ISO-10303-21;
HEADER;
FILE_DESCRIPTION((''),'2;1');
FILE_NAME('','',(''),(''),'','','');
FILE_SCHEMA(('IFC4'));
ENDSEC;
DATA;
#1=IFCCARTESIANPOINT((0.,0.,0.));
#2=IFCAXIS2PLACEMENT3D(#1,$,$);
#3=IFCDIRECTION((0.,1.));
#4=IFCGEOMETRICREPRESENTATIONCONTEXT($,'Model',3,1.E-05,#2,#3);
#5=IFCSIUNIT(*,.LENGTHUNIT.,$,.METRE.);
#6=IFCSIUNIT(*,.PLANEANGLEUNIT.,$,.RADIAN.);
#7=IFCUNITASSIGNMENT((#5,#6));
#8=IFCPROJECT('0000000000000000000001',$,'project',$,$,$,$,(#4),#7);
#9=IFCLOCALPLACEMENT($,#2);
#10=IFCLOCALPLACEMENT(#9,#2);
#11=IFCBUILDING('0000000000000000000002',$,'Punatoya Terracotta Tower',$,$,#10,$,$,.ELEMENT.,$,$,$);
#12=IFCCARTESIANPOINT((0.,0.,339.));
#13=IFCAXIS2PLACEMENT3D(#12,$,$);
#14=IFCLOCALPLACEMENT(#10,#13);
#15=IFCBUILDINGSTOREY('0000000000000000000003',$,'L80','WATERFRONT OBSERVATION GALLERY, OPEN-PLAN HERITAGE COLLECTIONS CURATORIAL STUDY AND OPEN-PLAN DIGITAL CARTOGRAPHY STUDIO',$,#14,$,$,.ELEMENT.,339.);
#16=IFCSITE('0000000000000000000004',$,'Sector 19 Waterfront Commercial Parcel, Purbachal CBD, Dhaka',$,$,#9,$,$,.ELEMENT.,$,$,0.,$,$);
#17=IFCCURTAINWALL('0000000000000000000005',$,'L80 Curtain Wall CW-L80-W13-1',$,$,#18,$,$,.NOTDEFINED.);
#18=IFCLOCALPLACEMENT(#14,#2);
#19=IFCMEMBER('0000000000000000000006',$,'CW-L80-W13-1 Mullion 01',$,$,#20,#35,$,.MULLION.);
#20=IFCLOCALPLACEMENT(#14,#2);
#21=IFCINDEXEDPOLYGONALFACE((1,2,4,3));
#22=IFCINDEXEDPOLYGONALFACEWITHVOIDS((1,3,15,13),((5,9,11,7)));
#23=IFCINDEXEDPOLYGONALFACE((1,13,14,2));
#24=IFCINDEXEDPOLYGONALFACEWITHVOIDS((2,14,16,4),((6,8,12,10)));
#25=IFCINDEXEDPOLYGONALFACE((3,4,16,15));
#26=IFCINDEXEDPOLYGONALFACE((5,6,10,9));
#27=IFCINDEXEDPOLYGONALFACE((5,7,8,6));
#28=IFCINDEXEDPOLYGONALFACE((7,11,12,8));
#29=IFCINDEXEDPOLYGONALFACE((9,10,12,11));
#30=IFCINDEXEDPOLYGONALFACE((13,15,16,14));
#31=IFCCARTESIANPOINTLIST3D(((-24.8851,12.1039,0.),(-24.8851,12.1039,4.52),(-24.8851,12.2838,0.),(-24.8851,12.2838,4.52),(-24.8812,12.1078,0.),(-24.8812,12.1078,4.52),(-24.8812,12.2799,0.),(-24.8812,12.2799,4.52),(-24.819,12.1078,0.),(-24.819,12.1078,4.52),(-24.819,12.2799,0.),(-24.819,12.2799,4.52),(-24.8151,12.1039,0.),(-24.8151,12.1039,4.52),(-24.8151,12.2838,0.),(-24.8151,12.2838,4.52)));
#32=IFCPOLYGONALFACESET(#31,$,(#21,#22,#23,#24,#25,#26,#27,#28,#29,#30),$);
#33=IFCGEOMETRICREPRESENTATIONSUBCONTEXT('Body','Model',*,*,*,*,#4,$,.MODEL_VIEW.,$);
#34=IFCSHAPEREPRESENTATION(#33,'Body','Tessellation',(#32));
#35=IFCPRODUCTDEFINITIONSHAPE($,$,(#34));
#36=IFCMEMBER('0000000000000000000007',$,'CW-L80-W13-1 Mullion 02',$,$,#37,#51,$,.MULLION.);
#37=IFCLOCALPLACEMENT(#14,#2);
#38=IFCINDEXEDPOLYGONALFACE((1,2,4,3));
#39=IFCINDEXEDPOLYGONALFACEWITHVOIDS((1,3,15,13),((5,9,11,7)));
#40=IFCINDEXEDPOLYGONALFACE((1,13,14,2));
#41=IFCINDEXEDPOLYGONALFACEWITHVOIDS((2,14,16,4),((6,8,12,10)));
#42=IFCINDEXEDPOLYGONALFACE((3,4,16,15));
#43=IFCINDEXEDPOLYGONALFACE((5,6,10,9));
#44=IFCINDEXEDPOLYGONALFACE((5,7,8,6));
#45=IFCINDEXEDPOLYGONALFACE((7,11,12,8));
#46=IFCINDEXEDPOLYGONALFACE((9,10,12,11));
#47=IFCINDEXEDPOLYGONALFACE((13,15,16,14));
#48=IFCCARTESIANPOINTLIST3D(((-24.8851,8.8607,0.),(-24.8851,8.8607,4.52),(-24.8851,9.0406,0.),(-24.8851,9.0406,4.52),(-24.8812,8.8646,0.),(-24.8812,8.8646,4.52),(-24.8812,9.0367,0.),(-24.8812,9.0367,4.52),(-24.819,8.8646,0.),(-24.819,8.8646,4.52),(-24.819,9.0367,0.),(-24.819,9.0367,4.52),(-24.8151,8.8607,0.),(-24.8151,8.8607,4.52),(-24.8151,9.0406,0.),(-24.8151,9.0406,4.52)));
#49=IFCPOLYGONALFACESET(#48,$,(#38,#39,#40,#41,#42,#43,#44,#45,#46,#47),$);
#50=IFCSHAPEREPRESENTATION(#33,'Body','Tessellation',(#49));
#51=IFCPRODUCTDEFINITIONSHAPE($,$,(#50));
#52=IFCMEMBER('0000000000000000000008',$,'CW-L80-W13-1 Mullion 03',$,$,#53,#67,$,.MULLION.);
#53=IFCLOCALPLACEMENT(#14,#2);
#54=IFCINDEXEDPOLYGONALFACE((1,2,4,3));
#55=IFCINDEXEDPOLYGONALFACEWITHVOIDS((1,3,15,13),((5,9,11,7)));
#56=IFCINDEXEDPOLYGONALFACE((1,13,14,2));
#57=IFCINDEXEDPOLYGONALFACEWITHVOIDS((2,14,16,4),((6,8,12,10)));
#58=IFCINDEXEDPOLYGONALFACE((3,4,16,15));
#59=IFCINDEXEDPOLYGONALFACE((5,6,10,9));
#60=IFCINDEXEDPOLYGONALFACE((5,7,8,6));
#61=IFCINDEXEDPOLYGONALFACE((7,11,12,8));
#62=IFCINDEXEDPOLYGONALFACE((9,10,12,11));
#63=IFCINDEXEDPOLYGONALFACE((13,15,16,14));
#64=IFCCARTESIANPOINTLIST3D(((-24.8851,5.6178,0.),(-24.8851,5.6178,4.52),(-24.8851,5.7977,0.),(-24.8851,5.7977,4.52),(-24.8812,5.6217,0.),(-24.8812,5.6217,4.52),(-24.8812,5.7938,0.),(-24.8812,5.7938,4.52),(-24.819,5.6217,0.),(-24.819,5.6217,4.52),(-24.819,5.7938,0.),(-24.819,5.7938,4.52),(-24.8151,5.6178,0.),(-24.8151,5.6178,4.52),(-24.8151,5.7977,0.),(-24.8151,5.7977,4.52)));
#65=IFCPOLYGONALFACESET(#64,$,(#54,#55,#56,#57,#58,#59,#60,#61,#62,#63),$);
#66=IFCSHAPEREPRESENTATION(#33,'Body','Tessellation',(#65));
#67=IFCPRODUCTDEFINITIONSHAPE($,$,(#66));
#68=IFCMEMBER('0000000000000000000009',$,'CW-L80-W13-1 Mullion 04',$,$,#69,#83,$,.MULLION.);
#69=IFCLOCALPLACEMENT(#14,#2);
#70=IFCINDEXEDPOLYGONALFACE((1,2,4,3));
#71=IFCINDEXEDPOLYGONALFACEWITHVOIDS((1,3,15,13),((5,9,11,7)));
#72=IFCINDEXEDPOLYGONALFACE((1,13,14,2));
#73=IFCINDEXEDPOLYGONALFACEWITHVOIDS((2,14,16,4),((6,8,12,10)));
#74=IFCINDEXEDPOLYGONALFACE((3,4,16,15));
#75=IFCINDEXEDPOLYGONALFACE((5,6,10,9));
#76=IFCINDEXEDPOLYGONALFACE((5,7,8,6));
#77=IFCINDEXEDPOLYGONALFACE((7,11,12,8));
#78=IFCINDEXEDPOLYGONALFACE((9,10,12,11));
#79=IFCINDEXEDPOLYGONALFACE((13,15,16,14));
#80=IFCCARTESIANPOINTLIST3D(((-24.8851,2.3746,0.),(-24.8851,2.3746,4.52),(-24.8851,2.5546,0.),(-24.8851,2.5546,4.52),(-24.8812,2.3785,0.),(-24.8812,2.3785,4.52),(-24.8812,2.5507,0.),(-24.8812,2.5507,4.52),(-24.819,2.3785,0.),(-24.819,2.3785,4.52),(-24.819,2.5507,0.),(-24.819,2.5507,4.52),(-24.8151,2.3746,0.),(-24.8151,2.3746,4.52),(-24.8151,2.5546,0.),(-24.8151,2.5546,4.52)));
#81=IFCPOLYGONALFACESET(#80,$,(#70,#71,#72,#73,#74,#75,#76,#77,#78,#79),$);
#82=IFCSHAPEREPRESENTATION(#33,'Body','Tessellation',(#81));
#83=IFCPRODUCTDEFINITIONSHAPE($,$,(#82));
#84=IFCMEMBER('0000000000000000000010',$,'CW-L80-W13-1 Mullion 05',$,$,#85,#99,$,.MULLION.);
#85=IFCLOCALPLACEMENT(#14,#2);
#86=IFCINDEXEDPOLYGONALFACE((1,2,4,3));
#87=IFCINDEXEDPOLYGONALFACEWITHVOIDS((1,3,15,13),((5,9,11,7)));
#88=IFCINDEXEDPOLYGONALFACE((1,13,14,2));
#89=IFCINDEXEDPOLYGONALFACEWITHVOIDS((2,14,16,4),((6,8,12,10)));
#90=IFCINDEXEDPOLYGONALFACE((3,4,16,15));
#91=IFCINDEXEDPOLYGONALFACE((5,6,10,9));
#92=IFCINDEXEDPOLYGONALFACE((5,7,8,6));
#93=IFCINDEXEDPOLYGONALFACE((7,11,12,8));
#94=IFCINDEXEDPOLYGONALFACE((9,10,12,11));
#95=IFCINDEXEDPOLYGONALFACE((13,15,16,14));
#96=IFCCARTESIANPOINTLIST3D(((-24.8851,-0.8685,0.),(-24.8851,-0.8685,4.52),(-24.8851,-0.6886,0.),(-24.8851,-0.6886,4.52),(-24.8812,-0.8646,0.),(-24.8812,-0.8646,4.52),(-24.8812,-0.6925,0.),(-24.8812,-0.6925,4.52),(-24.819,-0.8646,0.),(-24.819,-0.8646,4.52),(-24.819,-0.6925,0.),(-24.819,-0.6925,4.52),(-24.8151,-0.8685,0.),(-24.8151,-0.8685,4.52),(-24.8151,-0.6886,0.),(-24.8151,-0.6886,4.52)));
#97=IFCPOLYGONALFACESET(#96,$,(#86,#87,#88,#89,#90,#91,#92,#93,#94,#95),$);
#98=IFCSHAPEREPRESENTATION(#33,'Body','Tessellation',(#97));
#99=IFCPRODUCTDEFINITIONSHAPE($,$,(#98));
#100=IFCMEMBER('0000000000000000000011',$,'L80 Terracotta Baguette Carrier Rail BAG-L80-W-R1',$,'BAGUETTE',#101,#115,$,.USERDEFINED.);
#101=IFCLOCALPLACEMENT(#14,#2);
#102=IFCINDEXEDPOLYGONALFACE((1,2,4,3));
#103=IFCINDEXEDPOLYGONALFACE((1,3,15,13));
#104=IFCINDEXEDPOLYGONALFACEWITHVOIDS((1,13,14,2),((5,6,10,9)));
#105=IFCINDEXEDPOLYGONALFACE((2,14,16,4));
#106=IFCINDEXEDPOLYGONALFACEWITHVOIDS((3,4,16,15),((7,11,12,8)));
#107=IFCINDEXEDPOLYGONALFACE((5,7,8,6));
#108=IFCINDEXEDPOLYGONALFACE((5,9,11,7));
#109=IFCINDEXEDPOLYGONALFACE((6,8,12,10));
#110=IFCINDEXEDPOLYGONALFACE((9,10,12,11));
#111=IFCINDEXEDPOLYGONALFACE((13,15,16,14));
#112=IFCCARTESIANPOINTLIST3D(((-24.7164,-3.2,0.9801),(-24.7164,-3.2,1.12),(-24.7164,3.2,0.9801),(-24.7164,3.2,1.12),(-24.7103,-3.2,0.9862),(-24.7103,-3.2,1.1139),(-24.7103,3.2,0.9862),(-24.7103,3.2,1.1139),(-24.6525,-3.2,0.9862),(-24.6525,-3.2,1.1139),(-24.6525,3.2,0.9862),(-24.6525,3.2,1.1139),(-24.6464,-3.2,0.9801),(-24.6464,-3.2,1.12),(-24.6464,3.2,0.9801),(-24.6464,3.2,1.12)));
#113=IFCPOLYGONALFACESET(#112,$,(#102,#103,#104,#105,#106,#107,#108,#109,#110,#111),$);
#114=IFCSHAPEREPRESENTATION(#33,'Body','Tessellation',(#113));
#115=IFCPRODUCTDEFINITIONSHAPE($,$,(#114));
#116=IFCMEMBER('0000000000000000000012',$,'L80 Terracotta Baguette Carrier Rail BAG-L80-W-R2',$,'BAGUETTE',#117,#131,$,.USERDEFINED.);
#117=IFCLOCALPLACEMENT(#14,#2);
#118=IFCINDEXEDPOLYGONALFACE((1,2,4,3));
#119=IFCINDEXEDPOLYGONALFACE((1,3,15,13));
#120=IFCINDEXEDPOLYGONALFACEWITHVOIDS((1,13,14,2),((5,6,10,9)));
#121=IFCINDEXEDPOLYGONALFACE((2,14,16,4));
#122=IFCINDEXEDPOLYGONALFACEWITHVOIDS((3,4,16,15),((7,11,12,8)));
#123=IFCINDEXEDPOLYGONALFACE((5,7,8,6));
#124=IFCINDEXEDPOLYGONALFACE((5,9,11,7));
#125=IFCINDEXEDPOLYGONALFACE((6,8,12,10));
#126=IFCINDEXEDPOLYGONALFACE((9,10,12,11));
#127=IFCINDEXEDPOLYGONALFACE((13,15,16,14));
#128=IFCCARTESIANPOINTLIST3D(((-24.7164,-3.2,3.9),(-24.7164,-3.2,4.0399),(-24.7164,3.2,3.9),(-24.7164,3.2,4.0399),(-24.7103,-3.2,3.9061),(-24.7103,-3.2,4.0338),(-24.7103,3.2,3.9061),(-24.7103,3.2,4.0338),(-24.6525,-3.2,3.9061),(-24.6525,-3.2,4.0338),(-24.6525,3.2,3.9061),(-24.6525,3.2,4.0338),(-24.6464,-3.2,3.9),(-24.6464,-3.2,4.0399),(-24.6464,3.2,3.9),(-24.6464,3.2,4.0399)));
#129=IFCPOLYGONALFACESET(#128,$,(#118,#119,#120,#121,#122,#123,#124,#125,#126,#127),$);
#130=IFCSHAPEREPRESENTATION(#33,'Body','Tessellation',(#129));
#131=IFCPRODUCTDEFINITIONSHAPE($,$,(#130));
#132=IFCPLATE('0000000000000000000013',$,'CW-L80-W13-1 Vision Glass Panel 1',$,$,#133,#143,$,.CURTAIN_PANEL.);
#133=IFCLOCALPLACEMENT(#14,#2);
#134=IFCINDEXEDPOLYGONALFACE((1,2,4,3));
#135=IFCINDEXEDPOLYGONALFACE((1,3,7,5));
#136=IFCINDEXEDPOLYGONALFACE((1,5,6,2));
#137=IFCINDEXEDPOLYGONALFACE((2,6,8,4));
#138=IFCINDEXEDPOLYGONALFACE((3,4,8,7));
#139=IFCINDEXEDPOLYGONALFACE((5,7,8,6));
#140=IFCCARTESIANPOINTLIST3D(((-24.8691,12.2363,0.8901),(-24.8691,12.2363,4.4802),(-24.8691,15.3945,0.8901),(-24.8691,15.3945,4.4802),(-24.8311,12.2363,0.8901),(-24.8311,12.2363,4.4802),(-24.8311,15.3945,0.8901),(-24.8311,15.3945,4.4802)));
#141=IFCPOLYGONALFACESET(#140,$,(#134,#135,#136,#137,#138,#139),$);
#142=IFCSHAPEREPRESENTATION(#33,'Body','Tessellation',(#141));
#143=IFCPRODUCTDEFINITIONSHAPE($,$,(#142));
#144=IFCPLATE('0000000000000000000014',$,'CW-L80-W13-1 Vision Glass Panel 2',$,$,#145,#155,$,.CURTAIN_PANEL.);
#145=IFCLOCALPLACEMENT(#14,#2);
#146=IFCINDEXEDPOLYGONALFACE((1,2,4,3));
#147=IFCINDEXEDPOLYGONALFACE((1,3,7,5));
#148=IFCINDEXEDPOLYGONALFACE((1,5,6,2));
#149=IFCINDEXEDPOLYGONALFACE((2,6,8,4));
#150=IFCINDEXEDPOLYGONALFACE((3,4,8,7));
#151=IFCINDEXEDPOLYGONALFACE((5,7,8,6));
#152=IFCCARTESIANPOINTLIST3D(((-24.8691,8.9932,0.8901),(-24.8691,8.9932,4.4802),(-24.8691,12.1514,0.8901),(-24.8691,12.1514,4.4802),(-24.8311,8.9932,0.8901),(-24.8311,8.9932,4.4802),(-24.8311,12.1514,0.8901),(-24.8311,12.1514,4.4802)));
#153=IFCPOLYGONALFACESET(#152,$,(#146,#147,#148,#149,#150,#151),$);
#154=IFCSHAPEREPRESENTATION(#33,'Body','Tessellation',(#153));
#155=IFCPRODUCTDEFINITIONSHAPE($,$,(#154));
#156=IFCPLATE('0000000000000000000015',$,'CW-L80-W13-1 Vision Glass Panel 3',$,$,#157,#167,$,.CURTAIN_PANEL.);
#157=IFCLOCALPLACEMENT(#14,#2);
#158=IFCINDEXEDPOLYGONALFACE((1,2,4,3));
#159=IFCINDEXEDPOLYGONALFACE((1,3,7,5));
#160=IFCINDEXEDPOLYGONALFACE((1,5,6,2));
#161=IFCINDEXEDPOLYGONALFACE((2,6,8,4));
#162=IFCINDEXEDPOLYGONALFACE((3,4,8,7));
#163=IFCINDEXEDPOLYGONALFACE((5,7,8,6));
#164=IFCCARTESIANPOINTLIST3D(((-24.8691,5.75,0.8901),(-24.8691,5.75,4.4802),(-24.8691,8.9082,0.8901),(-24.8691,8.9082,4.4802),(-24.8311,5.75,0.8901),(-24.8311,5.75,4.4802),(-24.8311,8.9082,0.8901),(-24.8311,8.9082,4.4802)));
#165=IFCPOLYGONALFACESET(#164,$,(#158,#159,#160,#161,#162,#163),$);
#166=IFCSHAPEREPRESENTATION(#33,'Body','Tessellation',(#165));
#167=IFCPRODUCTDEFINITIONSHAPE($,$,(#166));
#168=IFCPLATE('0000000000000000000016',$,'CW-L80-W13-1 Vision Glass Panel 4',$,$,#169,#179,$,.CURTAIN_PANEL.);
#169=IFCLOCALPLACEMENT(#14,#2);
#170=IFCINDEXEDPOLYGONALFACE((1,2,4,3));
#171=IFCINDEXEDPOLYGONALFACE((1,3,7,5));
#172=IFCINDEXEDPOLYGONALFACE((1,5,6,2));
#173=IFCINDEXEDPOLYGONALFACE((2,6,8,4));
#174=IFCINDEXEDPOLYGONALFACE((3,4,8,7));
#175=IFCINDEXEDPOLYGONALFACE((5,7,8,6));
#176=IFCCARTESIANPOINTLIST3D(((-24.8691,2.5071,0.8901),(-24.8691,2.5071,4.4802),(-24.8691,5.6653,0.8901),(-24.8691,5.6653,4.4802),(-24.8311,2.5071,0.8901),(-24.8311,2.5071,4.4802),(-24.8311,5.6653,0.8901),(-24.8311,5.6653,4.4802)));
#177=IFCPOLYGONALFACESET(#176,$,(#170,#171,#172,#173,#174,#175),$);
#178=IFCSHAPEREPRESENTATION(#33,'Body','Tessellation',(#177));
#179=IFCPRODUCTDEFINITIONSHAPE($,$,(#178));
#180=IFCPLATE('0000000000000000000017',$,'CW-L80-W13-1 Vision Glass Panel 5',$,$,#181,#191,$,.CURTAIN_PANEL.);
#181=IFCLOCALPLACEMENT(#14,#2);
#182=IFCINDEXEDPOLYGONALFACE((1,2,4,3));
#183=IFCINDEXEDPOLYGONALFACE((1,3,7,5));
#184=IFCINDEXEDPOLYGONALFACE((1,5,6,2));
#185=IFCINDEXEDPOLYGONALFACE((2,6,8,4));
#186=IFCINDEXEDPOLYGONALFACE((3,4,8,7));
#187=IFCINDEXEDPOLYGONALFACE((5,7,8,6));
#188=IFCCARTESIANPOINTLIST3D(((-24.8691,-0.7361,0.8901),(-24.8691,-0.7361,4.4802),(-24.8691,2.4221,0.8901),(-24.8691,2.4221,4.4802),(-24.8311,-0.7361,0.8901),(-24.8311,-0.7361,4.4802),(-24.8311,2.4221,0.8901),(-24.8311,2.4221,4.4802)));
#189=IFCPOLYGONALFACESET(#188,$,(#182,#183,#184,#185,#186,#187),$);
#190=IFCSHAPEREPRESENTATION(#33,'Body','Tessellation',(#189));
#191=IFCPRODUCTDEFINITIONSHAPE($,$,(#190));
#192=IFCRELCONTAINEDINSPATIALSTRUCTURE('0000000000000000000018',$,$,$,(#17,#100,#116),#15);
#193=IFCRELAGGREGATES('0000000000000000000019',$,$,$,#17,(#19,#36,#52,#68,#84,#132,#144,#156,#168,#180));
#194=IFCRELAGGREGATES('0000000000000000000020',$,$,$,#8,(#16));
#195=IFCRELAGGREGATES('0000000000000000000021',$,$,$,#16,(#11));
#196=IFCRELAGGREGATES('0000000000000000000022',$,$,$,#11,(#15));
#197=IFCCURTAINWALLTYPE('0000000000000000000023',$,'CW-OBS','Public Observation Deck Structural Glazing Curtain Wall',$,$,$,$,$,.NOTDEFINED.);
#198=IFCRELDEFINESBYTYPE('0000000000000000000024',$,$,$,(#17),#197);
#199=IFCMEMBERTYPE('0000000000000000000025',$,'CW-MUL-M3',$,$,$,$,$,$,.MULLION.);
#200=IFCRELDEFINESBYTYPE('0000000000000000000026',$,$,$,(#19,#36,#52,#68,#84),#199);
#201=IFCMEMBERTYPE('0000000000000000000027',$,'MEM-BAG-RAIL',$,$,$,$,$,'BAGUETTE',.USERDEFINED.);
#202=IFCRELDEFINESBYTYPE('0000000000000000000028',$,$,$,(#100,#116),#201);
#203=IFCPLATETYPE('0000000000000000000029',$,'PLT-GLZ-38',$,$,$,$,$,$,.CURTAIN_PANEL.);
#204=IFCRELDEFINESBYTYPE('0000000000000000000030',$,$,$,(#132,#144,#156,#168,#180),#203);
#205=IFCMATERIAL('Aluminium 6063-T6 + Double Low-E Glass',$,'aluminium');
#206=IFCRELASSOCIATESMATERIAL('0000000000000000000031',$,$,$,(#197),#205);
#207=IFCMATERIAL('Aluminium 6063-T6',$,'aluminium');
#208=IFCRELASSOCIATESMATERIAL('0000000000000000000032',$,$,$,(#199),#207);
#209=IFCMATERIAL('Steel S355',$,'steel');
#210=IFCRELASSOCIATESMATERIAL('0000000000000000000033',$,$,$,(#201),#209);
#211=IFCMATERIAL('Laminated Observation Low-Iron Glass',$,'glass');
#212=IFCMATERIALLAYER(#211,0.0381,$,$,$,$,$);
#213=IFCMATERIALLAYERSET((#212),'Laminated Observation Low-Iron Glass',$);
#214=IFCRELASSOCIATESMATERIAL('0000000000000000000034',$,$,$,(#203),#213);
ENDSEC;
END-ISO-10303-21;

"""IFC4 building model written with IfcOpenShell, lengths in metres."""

from ifc_helpers import new_model, si_unit, direction, frame, origin, origin_2d, place, context, subcontext, project, spatial, rectangle, hollow_rectangle, extrude, material, layer, layer_set, material_profile, profile_set, type_object, element, aggregate, save


model = new_model("IFC4")

# Units and contexts
model_context = context("Model", 3, precision=1e-05, world=origin(), true_north=direction((0.0, 1.0)))
body_context = subcontext(model_context, "Body", "Model", "MODEL_VIEW")
ifc_project = project(units=[si_unit("LENGTHUNIT", "METRE"), si_unit("PLANEANGLEUNIT", "RADIAN")], contexts=[model_context])

# Site, building, storey
site_placement = place(None, origin())
site = spatial("IfcSite", under=ifc_project, at=site_placement, Name="Sector 19 Waterfront Commercial Parcel, Purbachal CBD, Dhaka", CompositionType="ELEMENT", RefElevation=0.0)
building_placement = place(site_placement, origin())
building = spatial("IfcBuilding", under=site, at=building_placement, Name="Punatoya Terracotta Tower", CompositionType="ELEMENT")
storey_placement = place(building_placement, frame((0.0, 0.0, 339.0)))
storey = spatial("IfcBuildingStorey", under=building, at=storey_placement, Name="L80", Description="WATERFRONT OBSERVATION GALLERY, OPEN-PLAN HERITAGE COLLECTIONS CURATORIAL STUDY AND OPEN-PLAN DIGITAL CARTOGRAPHY STUDIO", CompositionType="ELEMENT", Elevation=339.0)

# Shared definitions
ifc_material_1 = material(Name="Steel S355", Category="steel")

# Curtain wall, members
ifc_material_2 = material(Name="Aluminium 6063-T6 + Double Low-E Glass", Category="aluminium")
curtain_wall_type = type_object("IfcCurtainWallType", Name="CW-OBS", Description="Public Observation Deck Structural Glazing Curtain Wall", PredefinedType="NOTDEFINED", material=ifc_material_2)
curtain_wall_placement = place(storey_placement, origin())
curtain_wall = element("IfcCurtainWall", 1, at=curtain_wall_placement, inside=storey, type_object=curtain_wall_type, Name="L80 Curtain Wall CW-L80-W13-1", PredefinedType="NOTDEFINED")
ifc_material_3 = material(Name="Aluminium 6063-T6", Category="aluminium")
ifc_material_profile_1 = material_profile(ifc_material_3, hollow_rectangle(XDim=0.0701, YDim=0.1799, WallThickness=0.0039, at=origin_2d()))
ifc_profile_set_1 = profile_set([ifc_material_profile_1], Name="Aluminium 6063-T6")
member_type_1 = type_object("IfcMemberType", Name="CW-MUL-M3", PredefinedType="MULLION", material=ifc_profile_set_1)
member_1_placement = place(storey_placement, frame((-24.8501, 12.1938, 0.0), z_axis=(0.0, 0.0, 1.0), x_axis=(1.0, 0.0, 0.0)))
member_1 = element("IfcMember", 2, at=member_1_placement, type_object=member_type_1, Name="CW-L80-W13-1 Mullion 01", PredefinedType="MULLION", context=body_context, shape_type="SweptSolid", body=[
    extrude(hollow_rectangle(XDim=0.0701, YDim=0.1799, WallThickness=0.0039, at=origin_2d()), origin(), (0.0, 0.0, 1.0), 4.52),
])
member_2_placement = place(storey_placement, frame((-24.8501, 8.9507, 0.0), z_axis=(0.0, 0.0, 1.0), x_axis=(1.0, 0.0, 0.0)))
member_2 = element("IfcMember", 3, at=member_2_placement, type_object=member_type_1, Name="CW-L80-W13-1 Mullion 02", PredefinedType="MULLION", context=body_context, shape_type="SweptSolid", body=[
    extrude(hollow_rectangle(XDim=0.0701, YDim=0.1799, WallThickness=0.0039, at=origin_2d()), origin(), (0.0, 0.0, 1.0), 4.52),
])
member_3_placement = place(storey_placement, frame((-24.8501, 5.7078, 0.0), z_axis=(0.0, 0.0, 1.0), x_axis=(1.0, 0.0, 0.0)))
member_3 = element("IfcMember", 4, at=member_3_placement, type_object=member_type_1, Name="CW-L80-W13-1 Mullion 03", PredefinedType="MULLION", context=body_context, shape_type="SweptSolid", body=[
    extrude(hollow_rectangle(XDim=0.0701, YDim=0.1799, WallThickness=0.0039, at=origin_2d()), origin(), (0.0, 0.0, 1.0), 4.52),
])
member_4_placement = place(storey_placement, frame((-24.8501, 2.4646, 0.0), z_axis=(0.0, 0.0, 1.0), x_axis=(1.0, 0.0, 0.0)))
member_4 = element("IfcMember", 5, at=member_4_placement, type_object=member_type_1, Name="CW-L80-W13-1 Mullion 04", PredefinedType="MULLION", context=body_context, shape_type="SweptSolid", body=[
    extrude(hollow_rectangle(XDim=0.0701, YDim=0.1799, WallThickness=0.0039, at=origin_2d()), origin(), (0.0, 0.0, 1.0), 4.52),
])
member_5_placement = place(storey_placement, frame((-24.8501, -0.7786, 0.0), z_axis=(0.0, 0.0, 1.0), x_axis=(1.0, 0.0, 0.0)))
member_5 = element("IfcMember", 6, at=member_5_placement, type_object=member_type_1, Name="CW-L80-W13-1 Mullion 05", PredefinedType="MULLION", context=body_context, shape_type="SweptSolid", body=[
    extrude(hollow_rectangle(XDim=0.0701, YDim=0.1799, WallThickness=0.0039, at=origin_2d()), origin(), (0.0, 0.0, 1.0), 4.52),
])

# Members
ifc_material_profile_2 = material_profile(ifc_material_1, hollow_rectangle(XDim=0.0701, YDim=0.1399, WallThickness=0.0061, at=origin_2d()))
ifc_profile_set_2 = profile_set([ifc_material_profile_2], Name="Steel S355")
member_type_2 = type_object("IfcMemberType", Name="MEM-BAG-RAIL", ElementType="BAGUETTE", PredefinedType="USERDEFINED", material=ifc_profile_set_2)
for number, where, z_axis, x_axis, name in (
    (7, (-24.6814, -3.2, 1.05), (0.0, 1.0, 0.0), (-1.0, 0.0, 0.0), "L80 Terracotta Baguette Carrier Rail BAG-L80-W-R1"),
    (8, (-24.6814, -3.2, 3.97), (0.0, 1.0, 0.0), (-1.0, 0.0, 0.0), "L80 Terracotta Baguette Carrier Rail BAG-L80-W-R2"),
):
    element("IfcMember", number, at=place(storey_placement, frame(where, z_axis=z_axis, x_axis=x_axis)), inside=storey, type_object=member_type_2, Name=name, ObjectType="BAGUETTE", PredefinedType="USERDEFINED", context=body_context, shape_type="SweptSolid", body=[
        extrude(hollow_rectangle(XDim=0.0701, YDim=0.1399, WallThickness=0.0061, at=origin_2d()), origin(), (0.0, 0.0, 1.0), 6.3999),
    ])

# Plates
ifc_material_4 = material(Name="Laminated Observation Low-Iron Glass", Category="glass")
ifc_layer_1 = layer(ifc_material_4, 0.0381)
ifc_layer_set_1 = layer_set([ifc_layer_1], Name="Laminated Observation Low-Iron Glass")
plate_type_1 = type_object("IfcPlateType", Name="PLT-GLZ-38", PredefinedType="CURTAIN_PANEL", material=ifc_layer_set_1)
plate_1_placement = place(storey_placement, frame((-24.8501, 13.8154, 0.8901), z_axis=(0.0, 0.0, 1.0), x_axis=(0.0, -1.0, 0.0)))
plate_1 = element("IfcPlate", 9, at=plate_1_placement, type_object=plate_type_1, Name="CW-L80-W13-1 Vision Glass Panel 1", PredefinedType="CURTAIN_PANEL", context=body_context, shape_type="SweptSolid", body=[
    extrude(rectangle(XDim=3.1582, YDim=0.0381, at=origin_2d()), origin(), (0.0, 0.0, 1.0), 3.5901),
])
plate_2_placement = place(storey_placement, frame((-24.8501, 10.5723, 0.8901), z_axis=(0.0, 0.0, 1.0), x_axis=(0.0, -1.0, 0.0)))
plate_2 = element("IfcPlate", 10, at=plate_2_placement, type_object=plate_type_1, Name="CW-L80-W13-1 Vision Glass Panel 2", PredefinedType="CURTAIN_PANEL", context=body_context, shape_type="SweptSolid", body=[
    extrude(rectangle(XDim=3.1582, YDim=0.0381, at=origin_2d()), origin(), (0.0, 0.0, 1.0), 3.5901),
])
plate_3_placement = place(storey_placement, frame((-24.8501, 7.3291, 0.8901), z_axis=(0.0, 0.0, 1.0), x_axis=(0.0, -1.0, 0.0)))
plate_3 = element("IfcPlate", 11, at=plate_3_placement, type_object=plate_type_1, Name="CW-L80-W13-1 Vision Glass Panel 3", PredefinedType="CURTAIN_PANEL", context=body_context, shape_type="SweptSolid", body=[
    extrude(rectangle(XDim=3.1582, YDim=0.0381, at=origin_2d()), origin(), (0.0, 0.0, 1.0), 3.5901),
])
plate_4_placement = place(storey_placement, frame((-24.8501, 4.0862, 0.8901), z_axis=(0.0, 0.0, 1.0), x_axis=(0.0, -1.0, 0.0)))
plate_4 = element("IfcPlate", 12, at=plate_4_placement, type_object=plate_type_1, Name="CW-L80-W13-1 Vision Glass Panel 4", PredefinedType="CURTAIN_PANEL", context=body_context, shape_type="SweptSolid", body=[
    extrude(rectangle(XDim=3.1582, YDim=0.0381, at=origin_2d()), origin(), (0.0, 0.0, 1.0), 3.5901),
])
plate_5_placement = place(storey_placement, frame((-24.8501, 0.843, 0.8901), z_axis=(0.0, 0.0, 1.0), x_axis=(0.0, -1.0, 0.0)))
plate_5 = element("IfcPlate", 13, at=plate_5_placement, type_object=plate_type_1, Name="CW-L80-W13-1 Vision Glass Panel 5", PredefinedType="CURTAIN_PANEL", context=body_context, shape_type="SweptSolid", body=[
    extrude(rectangle(XDim=3.1582, YDim=0.0381, at=origin_2d()), origin(), (0.0, 0.0, 1.0), 3.5901),
])
aggregate(curtain_wall, [member_1, member_2, member_3, member_4, member_5, plate_1, plate_2, plate_3, plate_4, plate_5])

save(model, "model.ifc")
